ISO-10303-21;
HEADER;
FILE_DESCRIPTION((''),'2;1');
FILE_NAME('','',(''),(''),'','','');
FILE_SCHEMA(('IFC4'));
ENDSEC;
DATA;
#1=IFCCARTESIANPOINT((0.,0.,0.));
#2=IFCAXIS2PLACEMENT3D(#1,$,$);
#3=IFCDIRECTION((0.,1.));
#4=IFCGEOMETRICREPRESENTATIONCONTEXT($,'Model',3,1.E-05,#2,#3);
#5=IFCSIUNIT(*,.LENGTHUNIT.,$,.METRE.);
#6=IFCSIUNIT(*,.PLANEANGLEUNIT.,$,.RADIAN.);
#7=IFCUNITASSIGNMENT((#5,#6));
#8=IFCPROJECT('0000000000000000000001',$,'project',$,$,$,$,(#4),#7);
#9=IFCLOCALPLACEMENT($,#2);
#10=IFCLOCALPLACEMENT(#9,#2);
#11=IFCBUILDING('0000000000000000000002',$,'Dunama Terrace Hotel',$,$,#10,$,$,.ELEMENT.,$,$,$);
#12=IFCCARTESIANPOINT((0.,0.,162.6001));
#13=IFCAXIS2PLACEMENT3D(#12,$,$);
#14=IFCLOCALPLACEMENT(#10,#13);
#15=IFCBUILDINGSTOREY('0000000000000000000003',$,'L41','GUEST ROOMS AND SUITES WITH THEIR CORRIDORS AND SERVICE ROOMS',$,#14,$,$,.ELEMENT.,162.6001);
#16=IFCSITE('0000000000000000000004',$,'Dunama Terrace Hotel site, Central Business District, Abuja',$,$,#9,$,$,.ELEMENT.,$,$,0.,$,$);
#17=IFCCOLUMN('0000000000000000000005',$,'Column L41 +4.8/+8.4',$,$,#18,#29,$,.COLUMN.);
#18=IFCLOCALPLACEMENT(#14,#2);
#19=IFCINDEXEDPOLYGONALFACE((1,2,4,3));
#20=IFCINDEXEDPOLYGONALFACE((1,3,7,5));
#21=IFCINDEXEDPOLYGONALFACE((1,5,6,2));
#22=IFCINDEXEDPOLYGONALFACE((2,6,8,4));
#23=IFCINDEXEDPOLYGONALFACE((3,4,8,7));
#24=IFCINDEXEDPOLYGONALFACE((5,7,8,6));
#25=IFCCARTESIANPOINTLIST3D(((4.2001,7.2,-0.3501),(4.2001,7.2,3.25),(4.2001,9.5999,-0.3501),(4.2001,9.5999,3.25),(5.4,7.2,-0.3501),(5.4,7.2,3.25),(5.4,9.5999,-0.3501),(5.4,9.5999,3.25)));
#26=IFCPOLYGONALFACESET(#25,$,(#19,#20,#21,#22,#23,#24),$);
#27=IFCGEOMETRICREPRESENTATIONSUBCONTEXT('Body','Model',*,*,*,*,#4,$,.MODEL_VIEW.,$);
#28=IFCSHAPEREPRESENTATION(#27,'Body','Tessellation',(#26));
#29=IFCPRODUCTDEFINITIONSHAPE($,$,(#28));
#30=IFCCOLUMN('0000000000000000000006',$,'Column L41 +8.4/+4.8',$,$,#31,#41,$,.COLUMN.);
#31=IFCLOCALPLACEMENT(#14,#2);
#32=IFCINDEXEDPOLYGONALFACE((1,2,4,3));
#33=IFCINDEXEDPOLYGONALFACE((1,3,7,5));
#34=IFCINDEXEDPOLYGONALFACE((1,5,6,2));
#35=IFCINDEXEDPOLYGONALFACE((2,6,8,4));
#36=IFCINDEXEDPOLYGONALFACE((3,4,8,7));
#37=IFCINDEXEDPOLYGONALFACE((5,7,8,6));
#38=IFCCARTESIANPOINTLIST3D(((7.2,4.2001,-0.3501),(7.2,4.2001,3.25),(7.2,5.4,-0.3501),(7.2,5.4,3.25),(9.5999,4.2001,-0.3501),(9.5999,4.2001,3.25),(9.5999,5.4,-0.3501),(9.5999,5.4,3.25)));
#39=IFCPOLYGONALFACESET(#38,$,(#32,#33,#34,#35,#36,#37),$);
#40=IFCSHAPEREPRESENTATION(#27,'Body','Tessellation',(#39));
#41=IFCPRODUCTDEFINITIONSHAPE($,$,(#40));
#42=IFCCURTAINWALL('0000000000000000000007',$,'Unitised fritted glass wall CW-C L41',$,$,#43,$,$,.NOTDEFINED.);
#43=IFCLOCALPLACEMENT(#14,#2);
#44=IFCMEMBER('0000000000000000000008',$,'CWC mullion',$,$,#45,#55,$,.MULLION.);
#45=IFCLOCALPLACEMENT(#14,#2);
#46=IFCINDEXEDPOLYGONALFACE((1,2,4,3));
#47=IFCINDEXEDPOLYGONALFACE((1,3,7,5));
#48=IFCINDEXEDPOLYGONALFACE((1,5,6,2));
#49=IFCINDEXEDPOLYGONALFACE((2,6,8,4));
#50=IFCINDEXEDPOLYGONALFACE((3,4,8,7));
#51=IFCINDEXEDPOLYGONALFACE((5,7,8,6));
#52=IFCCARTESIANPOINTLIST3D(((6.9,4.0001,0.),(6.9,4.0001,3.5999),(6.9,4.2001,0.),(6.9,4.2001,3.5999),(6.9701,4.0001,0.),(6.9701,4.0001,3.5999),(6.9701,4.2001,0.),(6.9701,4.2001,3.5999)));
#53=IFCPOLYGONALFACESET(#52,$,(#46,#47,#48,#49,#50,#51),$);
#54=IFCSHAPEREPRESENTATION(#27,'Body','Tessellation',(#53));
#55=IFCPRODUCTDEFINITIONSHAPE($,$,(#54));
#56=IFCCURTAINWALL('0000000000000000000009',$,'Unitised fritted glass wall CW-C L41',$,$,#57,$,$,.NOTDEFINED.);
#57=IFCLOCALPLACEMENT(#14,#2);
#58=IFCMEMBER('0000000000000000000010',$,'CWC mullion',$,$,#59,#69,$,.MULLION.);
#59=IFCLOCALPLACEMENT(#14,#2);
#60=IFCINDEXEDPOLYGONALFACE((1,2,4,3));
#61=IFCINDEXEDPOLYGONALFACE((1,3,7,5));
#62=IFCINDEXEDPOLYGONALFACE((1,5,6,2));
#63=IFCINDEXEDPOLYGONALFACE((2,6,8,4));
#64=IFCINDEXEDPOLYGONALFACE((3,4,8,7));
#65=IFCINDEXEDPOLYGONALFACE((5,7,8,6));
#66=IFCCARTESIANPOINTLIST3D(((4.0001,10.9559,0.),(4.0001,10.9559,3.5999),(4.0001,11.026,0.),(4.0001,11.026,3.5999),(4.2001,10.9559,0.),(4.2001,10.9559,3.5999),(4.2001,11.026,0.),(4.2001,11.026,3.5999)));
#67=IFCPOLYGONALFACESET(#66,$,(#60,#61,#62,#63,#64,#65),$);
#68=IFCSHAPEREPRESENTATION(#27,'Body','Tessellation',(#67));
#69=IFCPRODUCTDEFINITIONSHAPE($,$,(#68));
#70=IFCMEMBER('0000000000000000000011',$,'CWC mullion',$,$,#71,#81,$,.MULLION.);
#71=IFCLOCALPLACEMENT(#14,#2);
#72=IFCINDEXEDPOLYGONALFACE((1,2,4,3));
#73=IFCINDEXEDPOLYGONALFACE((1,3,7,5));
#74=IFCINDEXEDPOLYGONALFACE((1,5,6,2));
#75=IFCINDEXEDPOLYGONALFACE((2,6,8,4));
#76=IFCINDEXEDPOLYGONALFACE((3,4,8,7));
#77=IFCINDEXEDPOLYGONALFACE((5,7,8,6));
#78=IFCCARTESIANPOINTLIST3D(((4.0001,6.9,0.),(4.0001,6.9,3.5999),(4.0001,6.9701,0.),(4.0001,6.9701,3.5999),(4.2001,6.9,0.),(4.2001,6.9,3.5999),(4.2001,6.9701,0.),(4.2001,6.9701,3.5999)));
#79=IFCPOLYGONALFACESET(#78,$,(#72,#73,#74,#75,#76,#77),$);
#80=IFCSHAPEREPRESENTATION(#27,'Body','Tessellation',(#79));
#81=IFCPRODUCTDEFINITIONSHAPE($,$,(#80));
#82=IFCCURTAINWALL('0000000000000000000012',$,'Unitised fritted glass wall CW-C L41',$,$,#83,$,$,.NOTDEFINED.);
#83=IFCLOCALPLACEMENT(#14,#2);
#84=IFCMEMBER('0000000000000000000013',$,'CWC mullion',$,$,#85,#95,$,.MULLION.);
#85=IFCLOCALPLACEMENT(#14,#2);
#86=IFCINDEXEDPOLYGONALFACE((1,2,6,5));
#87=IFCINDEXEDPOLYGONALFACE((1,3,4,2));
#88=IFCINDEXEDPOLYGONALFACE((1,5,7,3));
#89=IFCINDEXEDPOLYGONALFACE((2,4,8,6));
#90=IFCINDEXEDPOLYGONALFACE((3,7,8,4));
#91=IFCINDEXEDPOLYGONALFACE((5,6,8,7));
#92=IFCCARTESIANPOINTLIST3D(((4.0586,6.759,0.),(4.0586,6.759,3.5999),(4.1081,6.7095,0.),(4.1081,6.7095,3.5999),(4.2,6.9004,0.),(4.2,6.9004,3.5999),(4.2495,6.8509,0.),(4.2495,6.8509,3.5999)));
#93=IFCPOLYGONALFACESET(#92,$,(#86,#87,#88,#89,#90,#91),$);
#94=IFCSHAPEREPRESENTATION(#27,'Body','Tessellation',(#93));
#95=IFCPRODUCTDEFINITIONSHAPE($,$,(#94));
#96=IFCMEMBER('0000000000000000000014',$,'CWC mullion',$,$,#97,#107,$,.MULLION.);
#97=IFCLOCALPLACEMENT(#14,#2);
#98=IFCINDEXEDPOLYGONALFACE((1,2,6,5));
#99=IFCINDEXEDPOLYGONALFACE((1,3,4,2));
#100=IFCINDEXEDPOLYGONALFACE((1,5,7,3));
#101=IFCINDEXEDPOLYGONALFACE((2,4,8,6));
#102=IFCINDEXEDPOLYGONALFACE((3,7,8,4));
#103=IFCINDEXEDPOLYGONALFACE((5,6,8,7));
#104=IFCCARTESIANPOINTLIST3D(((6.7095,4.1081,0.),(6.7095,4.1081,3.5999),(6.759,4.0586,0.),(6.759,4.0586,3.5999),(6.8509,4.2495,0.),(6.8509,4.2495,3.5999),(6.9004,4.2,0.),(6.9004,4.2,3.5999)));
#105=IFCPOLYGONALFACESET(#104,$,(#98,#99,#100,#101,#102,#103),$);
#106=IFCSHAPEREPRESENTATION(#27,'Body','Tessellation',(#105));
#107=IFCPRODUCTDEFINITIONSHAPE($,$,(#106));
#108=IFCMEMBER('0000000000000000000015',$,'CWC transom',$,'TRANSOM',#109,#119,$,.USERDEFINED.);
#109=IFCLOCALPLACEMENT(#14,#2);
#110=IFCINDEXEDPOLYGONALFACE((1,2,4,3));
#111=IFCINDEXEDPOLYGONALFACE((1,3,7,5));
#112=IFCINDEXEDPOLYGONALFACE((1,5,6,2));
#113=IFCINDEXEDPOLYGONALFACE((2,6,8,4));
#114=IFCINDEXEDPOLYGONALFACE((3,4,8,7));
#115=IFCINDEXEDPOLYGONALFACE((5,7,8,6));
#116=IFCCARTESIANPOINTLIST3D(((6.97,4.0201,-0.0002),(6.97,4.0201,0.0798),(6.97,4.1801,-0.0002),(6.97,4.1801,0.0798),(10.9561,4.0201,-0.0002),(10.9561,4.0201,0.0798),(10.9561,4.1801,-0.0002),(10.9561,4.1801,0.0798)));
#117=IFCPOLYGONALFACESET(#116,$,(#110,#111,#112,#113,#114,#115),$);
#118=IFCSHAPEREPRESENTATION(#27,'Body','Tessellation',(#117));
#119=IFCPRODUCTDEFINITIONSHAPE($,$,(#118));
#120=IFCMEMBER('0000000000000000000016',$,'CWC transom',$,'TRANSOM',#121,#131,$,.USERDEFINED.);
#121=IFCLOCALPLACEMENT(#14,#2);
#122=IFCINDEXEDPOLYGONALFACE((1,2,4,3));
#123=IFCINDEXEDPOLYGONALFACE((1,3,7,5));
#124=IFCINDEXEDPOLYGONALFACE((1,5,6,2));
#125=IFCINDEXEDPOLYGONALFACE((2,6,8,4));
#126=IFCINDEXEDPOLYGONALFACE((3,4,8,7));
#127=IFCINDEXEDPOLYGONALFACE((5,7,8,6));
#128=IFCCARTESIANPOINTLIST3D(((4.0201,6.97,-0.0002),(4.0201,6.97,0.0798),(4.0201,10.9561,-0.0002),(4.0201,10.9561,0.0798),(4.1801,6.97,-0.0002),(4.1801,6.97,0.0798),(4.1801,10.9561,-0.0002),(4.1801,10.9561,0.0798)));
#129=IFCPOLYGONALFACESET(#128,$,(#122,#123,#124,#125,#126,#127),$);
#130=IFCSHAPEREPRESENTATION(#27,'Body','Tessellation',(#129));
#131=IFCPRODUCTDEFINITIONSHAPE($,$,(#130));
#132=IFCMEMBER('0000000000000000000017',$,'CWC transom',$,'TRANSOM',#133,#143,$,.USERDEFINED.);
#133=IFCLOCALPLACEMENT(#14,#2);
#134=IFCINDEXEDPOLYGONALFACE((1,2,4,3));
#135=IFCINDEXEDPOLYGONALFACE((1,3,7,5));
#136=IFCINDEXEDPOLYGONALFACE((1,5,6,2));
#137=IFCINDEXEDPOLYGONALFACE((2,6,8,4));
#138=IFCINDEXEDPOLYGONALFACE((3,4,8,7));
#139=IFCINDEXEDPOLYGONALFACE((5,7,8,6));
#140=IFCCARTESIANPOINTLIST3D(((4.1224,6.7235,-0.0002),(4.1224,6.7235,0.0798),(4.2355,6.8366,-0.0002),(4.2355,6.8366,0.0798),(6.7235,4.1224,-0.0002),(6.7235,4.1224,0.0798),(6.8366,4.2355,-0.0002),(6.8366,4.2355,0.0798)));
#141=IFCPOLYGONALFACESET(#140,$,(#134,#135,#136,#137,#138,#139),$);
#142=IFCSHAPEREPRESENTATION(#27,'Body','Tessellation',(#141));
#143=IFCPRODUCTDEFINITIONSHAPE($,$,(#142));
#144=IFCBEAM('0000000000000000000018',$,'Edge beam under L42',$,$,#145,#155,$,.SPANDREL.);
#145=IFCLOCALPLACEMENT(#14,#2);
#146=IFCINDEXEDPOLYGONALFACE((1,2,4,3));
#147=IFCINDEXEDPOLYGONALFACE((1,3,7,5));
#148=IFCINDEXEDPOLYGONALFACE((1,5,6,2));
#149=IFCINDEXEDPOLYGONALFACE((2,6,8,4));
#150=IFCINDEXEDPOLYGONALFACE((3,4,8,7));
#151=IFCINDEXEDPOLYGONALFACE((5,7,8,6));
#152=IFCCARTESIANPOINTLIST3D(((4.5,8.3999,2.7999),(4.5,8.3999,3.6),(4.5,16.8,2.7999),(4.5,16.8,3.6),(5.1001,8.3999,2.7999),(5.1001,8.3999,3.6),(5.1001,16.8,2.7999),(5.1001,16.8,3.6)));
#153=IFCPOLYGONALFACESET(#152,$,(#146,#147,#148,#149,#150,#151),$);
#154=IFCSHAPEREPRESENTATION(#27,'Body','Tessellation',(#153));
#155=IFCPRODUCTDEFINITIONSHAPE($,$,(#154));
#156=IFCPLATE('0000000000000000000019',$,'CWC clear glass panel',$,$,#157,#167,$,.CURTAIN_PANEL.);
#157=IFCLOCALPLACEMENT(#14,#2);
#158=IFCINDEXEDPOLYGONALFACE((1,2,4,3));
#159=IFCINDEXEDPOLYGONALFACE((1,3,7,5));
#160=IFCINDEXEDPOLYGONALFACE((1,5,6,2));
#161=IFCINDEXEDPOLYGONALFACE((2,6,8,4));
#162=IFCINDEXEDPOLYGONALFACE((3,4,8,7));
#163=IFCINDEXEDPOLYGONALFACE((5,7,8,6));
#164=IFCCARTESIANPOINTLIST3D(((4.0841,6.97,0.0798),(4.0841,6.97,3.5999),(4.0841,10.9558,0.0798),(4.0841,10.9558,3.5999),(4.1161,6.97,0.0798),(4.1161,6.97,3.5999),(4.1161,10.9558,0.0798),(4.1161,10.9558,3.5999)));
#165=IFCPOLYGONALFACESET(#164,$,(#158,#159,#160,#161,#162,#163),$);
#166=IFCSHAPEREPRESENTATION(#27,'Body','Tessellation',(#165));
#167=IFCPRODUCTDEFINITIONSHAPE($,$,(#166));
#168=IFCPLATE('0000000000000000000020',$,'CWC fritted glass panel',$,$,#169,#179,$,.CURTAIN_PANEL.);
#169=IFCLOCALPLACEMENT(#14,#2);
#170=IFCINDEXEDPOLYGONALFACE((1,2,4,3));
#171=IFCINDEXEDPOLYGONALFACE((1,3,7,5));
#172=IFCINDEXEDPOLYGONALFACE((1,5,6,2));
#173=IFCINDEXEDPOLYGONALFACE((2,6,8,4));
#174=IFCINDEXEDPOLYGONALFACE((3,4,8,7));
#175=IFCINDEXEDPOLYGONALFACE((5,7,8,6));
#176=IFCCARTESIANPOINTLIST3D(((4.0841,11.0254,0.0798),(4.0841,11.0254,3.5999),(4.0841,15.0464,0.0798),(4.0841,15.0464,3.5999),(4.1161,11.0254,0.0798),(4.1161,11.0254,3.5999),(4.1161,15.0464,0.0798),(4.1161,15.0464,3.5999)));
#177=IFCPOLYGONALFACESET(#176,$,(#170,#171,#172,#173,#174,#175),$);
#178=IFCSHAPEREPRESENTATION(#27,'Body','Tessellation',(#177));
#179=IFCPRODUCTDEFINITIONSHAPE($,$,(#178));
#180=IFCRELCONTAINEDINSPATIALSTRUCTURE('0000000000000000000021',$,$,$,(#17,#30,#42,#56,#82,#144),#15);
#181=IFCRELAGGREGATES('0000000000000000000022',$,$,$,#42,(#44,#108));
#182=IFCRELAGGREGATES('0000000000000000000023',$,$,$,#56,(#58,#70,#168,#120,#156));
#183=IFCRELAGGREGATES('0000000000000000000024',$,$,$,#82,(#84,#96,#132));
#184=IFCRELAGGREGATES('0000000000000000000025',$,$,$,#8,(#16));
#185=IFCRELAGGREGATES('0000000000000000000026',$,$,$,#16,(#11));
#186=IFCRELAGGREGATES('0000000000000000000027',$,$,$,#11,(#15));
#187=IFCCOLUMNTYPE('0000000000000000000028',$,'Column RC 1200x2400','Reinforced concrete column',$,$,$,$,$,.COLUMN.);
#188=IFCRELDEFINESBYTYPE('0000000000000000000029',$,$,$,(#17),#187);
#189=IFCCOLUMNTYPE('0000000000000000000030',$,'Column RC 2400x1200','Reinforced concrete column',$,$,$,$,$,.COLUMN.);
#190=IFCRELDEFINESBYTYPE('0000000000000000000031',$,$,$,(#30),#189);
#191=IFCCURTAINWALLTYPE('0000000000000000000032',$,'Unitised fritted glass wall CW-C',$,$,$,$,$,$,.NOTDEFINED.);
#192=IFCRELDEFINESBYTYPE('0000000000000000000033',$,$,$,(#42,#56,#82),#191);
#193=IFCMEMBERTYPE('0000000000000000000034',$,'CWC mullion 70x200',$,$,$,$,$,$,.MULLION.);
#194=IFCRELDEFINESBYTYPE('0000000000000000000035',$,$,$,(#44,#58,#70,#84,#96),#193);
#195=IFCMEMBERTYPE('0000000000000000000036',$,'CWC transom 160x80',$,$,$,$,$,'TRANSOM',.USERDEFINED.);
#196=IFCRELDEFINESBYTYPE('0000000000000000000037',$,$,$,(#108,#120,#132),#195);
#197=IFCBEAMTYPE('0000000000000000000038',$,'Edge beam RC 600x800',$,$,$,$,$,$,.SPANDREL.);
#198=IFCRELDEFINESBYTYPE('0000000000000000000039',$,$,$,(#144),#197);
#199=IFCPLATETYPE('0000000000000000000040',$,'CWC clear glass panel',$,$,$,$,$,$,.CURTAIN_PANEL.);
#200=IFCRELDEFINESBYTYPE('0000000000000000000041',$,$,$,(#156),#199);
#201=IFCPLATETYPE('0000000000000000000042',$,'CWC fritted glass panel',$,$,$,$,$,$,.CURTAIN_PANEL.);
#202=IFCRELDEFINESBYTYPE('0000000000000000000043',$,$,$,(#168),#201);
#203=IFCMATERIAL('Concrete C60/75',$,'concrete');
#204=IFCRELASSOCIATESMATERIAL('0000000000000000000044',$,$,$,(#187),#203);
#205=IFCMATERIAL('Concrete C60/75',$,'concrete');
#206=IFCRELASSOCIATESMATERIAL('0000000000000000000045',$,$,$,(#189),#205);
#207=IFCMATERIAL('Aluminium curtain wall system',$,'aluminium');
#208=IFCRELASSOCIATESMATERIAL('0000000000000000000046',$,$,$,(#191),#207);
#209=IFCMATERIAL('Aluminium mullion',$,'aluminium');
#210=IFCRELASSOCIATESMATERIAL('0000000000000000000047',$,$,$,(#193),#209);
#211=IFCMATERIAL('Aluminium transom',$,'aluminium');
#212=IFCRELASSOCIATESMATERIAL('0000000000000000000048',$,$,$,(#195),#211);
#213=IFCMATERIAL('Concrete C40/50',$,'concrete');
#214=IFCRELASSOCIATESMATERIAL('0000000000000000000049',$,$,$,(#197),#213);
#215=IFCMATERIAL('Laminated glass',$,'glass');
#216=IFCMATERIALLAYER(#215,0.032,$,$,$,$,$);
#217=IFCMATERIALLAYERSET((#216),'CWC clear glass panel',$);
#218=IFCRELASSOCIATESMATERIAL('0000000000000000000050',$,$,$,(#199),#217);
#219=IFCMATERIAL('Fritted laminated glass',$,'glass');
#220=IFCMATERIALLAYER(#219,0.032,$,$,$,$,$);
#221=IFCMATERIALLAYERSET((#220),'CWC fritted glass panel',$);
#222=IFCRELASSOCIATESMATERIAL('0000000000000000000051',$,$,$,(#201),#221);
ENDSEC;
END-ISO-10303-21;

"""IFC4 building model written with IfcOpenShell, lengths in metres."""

from ifc_helpers import new_model, si_unit, direction, frame, origin, origin_2d, place, context, subcontext, project, spatial, rectangle, extrude, material, layer, layer_set, material_profile, profile_set, type_object, element, aggregate, save


model = new_model("IFC4")

# Units and contexts
model_context = context("Model", 3, precision=1e-05, world=origin(), true_north=direction((0.0, 1.0)))
body_context = subcontext(model_context, "Body", "Model", "MODEL_VIEW")
ifc_project = project(units=[si_unit("LENGTHUNIT", "METRE"), si_unit("PLANEANGLEUNIT", "RADIAN")], contexts=[model_context])

# Site, building, storey
site_placement = place(None, origin())
site = spatial("IfcSite", under=ifc_project, at=site_placement, Name="Dunama Terrace Hotel site, Central Business District, Abuja", CompositionType="ELEMENT", RefElevation=0.0)
building_placement = place(site_placement, origin())
building = spatial("IfcBuilding", under=site, at=building_placement, Name="Dunama Terrace Hotel", CompositionType="ELEMENT")
storey_placement = place(building_placement, frame((0.0, 0.0, 162.6001)))
storey = spatial("IfcBuildingStorey", under=building, at=storey_placement, Name="L41", Description="GUEST ROOMS AND SUITES WITH THEIR CORRIDORS AND SERVICE ROOMS", CompositionType="ELEMENT", Elevation=162.6001)

# Columns
ifc_material_1 = material(Name="Concrete C60/75", Category="concrete")
ifc_material_profile_1 = material_profile(ifc_material_1, rectangle(XDim=1.2, YDim=2.3999, at=origin_2d()), Name="RC 1200x2400")
ifc_profile_set_1 = profile_set([ifc_material_profile_1], Name="Concrete C60/75")
column_type_1 = type_object("IfcColumnType", Name="Column RC 1200x2400", Description="Reinforced concrete column", PredefinedType="COLUMN", material=ifc_profile_set_1)
column_1_placement = place(storey_placement, frame((4.8, 8.3999, -0.3501), z_axis=(0.0, 0.0, 1.0), x_axis=(1.0, 0.0, 0.0)))
element("IfcColumn", 1, at=column_1_placement, inside=storey, type_object=column_type_1, Name="Column L41 +4.8/+8.4", PredefinedType="COLUMN", context=body_context, shape_type="SweptSolid", body=[
    extrude(rectangle(XDim=1.2, YDim=2.3999, at=origin_2d()), origin(), (0.0, 0.0, 1.0), 3.6001),
])
ifc_material_2 = material(Name="Concrete C60/75", Category="concrete")
ifc_material_profile_2 = material_profile(ifc_material_2, rectangle(XDim=2.3999, YDim=1.2, at=origin_2d()), Name="RC 2400x1200")
ifc_profile_set_2 = profile_set([ifc_material_profile_2], Name="Concrete C60/75")
column_type_2 = type_object("IfcColumnType", Name="Column RC 2400x1200", Description="Reinforced concrete column", PredefinedType="COLUMN", material=ifc_profile_set_2)
column_2_placement = place(storey_placement, frame((8.3999, 4.8, -0.3501), z_axis=(0.0, 0.0, 1.0), x_axis=(1.0, 0.0, 0.0)))
element("IfcColumn", 2, at=column_2_placement, inside=storey, type_object=column_type_2, Name="Column L41 +8.4/+4.8", PredefinedType="COLUMN", context=body_context, shape_type="SweptSolid", body=[
    extrude(rectangle(XDim=2.3999, YDim=1.2, at=origin_2d()), origin(), (0.0, 0.0, 1.0), 3.6001),
])

# Curtain wall, member
ifc_material_3 = material(Name="Aluminium curtain wall system", Category="aluminium")
curtain_wall_type = type_object("IfcCurtainWallType", Name="Unitised fritted glass wall CW-C", PredefinedType="NOTDEFINED", material=ifc_material_3)
curtain_wall_1_placement = place(storey_placement, origin())
curtain_wall_1 = element("IfcCurtainWall", 3, at=curtain_wall_1_placement, inside=storey, type_object=curtain_wall_type, Name="Unitised fritted glass wall CW-C L41", PredefinedType="NOTDEFINED")
ifc_material_4 = material(Name="Aluminium mullion", Category="aluminium")
ifc_material_profile_3 = material_profile(ifc_material_4, rectangle(XDim=0.0701, YDim=0.2, at=origin_2d()), Name="CWC MULLION 70X200")
ifc_profile_set_3 = profile_set([ifc_material_profile_3], Name="Aluminium mullion")
member_type_1 = type_object("IfcMemberType", Name="CWC mullion 70x200", PredefinedType="MULLION", material=ifc_profile_set_3)
member_1_placement = place(storey_placement, frame((6.9351, 4.1001, 0.0), z_axis=(0.0, 0.0, 1.0), x_axis=(1.0, 0.0, 0.0)))
member_1 = element("IfcMember", 4, at=member_1_placement, type_object=member_type_1, Name="CWC mullion", PredefinedType="MULLION", context=body_context, shape_type="SweptSolid", body=[
    extrude(rectangle(XDim=0.0701, YDim=0.2, at=origin_2d()), origin(), (0.0, 0.0, 1.0), 3.5999),
])

# Curtain walls, members
curtain_wall_2_placement = place(storey_placement, origin())
curtain_wall_2 = element("IfcCurtainWall", 5, at=curtain_wall_2_placement, inside=storey, type_object=curtain_wall_type, Name="Unitised fritted glass wall CW-C L41", PredefinedType="NOTDEFINED")
member_2_placement = place(storey_placement, frame((4.1001, 10.991, 0.0), z_axis=(0.0, 0.0, 1.0), x_axis=(0.0, -1.0, 0.0)))
member_2 = element("IfcMember", 6, at=member_2_placement, type_object=member_type_1, Name="CWC mullion", PredefinedType="MULLION", context=body_context, shape_type="SweptSolid", body=[
    extrude(rectangle(XDim=0.0701, YDim=0.2, at=origin_2d()), origin(), (0.0, 0.0, 1.0), 3.5999),
])
member_3_placement = place(storey_placement, frame((4.1001, 6.9351, 0.0), z_axis=(0.0, 0.0, 1.0), x_axis=(0.0, -1.0, 0.0)))
member_3 = element("IfcMember", 7, at=member_3_placement, type_object=member_type_1, Name="CWC mullion", PredefinedType="MULLION", context=body_context, shape_type="SweptSolid", body=[
    extrude(rectangle(XDim=0.0701, YDim=0.2, at=origin_2d()), origin(), (0.0, 0.0, 1.0), 3.5999),
])
curtain_wall_3_placement = place(storey_placement, origin())
curtain_wall_3 = element("IfcCurtainWall", 8, at=curtain_wall_3_placement, inside=storey, type_object=curtain_wall_type, Name="Unitised fritted glass wall CW-C L41", PredefinedType="NOTDEFINED")
member_4_placement = place(storey_placement, frame((4.1541, 6.8049, 0.0), z_axis=(0.0, 0.0, 1.0), x_axis=(0.707107, -0.707107, 0.0)))
member_4 = element("IfcMember", 9, at=member_4_placement, type_object=member_type_1, Name="CWC mullion", PredefinedType="MULLION", context=body_context, shape_type="SweptSolid", body=[
    extrude(rectangle(XDim=0.0701, YDim=0.2, at=origin_2d()), origin(), (0.0, 0.0, 1.0), 3.5999),
])
member_5_placement = place(storey_placement, frame((6.8049, 4.1541, 0.0), z_axis=(0.0, 0.0, 1.0), x_axis=(0.707107, -0.707107, 0.0)))
member_5 = element("IfcMember", 10, at=member_5_placement, type_object=member_type_1, Name="CWC mullion", PredefinedType="MULLION", context=body_context, shape_type="SweptSolid", body=[
    extrude(rectangle(XDim=0.0701, YDim=0.2, at=origin_2d()), origin(), (0.0, 0.0, 1.0), 3.5999),
])

# Members
ifc_material_5 = material(Name="Aluminium transom", Category="aluminium")
ifc_material_profile_4 = material_profile(ifc_material_5, rectangle(XDim=0.1599, YDim=0.0801, at=origin_2d()), Name="CWC TRANSOM 160X80")
ifc_profile_set_4 = profile_set([ifc_material_profile_4], Name="Aluminium transom")
member_type_2 = type_object("IfcMemberType", Name="CWC transom 160x80", ElementType="TRANSOM", PredefinedType="USERDEFINED", material=ifc_profile_set_4)
member_6_placement = place(storey_placement, frame((6.97, 4.1001, 0.0398), z_axis=(1.0, 0.0, 0.0), x_axis=(0.0, 1.0, 0.0)))
member_6 = element("IfcMember", 11, at=member_6_placement, type_object=member_type_2, Name="CWC transom", ObjectType="TRANSOM", PredefinedType="USERDEFINED", context=body_context, shape_type="SweptSolid", body=[
    extrude(rectangle(XDim=0.1599, YDim=0.0801, at=origin_2d()), origin(), (0.0, 0.0, 1.0), 3.9861),
])
aggregate(curtain_wall_1, [member_1, member_6])
member_7_placement = place(storey_placement, frame((4.1001, 10.9561, 0.0398), z_axis=(0.0, -1.0, 0.0), x_axis=(1.0, 0.0, 0.0)))
member_7 = element("IfcMember", 12, at=member_7_placement, type_object=member_type_2, Name="CWC transom", ObjectType="TRANSOM", PredefinedType="USERDEFINED", context=body_context, shape_type="SweptSolid", body=[
    extrude(rectangle(XDim=0.1599, YDim=0.0801, at=origin_2d()), origin(), (0.0, 0.0, 1.0), 3.9861),
])
member_8_placement = place(storey_placement, frame((4.179, 6.78, 0.0398), z_axis=(0.707107, -0.707107, 0.0), x_axis=(0.707107, 0.707107, 0.0)))
member_8 = element("IfcMember", 13, at=member_8_placement, type_object=member_type_2, Name="CWC transom", ObjectType="TRANSOM", PredefinedType="USERDEFINED", context=body_context, shape_type="SweptSolid", body=[
    extrude(rectangle(XDim=0.1599, YDim=0.0801, at=origin_2d()), origin(), (0.0, 0.0, 1.0), 3.6785),
])

# Beam
ifc_material_6 = material(Name="Concrete C40/50", Category="concrete")
ifc_material_profile_5 = material_profile(ifc_material_6, rectangle(XDim=0.6001, YDim=0.8, at=origin_2d()), Name="RC 600x800")
ifc_profile_set_5 = profile_set([ifc_material_profile_5], Name="Concrete C40/50")
beam_type = type_object("IfcBeamType", Name="Edge beam RC 600x800", PredefinedType="SPANDREL", material=ifc_profile_set_5)
beam_placement = place(storey_placement, frame((4.8, 8.3999, 3.2), z_axis=(0.0, 1.0, 0.0), x_axis=(-1.0, 0.0, 0.0)))
element("IfcBeam", 14, at=beam_placement, inside=storey, type_object=beam_type, Name="Edge beam under L42", PredefinedType="SPANDREL", context=body_context, shape_type="SweptSolid", body=[
    extrude(rectangle(XDim=0.6001, YDim=0.8, at=origin_2d()), origin(), (0.0, 0.0, 1.0), 8.4001),
])

# Plates
ifc_material_7 = material(Name="Laminated glass", Category="glass")
ifc_layer_1 = layer(ifc_material_7, 0.032)
ifc_layer_set_1 = layer_set([ifc_layer_1], Name="CWC clear glass panel")
plate_type_1 = type_object("IfcPlateType", Name="CWC clear glass panel", PredefinedType="CURTAIN_PANEL", material=ifc_layer_set_1)
plate_1_placement = place(storey_placement, frame((4.1001, 8.9629, 0.0798), z_axis=(0.0, 0.0, 1.0), x_axis=(0.0, -1.0, 0.0)))
plate_1 = element("IfcPlate", 15, at=plate_1_placement, type_object=plate_type_1, Name="CWC clear glass panel", PredefinedType="CURTAIN_PANEL", context=body_context, shape_type="SweptSolid", body=[
    extrude(rectangle(XDim=3.9858, YDim=0.032, at=origin_2d()), origin(), (0.0, 0.0, 1.0), 3.52),
])
ifc_material_8 = material(Name="Fritted laminated glass", Category="glass")
ifc_layer_2 = layer(ifc_material_8, 0.032)
ifc_layer_set_2 = layer_set([ifc_layer_2], Name="CWC fritted glass panel")
plate_type_2 = type_object("IfcPlateType", Name="CWC fritted glass panel", PredefinedType="CURTAIN_PANEL", material=ifc_layer_set_2)
plate_2_placement = place(storey_placement, frame((4.1001, 13.0359, 0.0798), z_axis=(0.0, 0.0, 1.0), x_axis=(0.0, -1.0, 0.0)))
plate_2 = element("IfcPlate", 16, at=plate_2_placement, type_object=plate_type_2, Name="CWC fritted glass panel", PredefinedType="CURTAIN_PANEL", context=body_context, shape_type="SweptSolid", body=[
    extrude(rectangle(XDim=4.021, YDim=0.032, at=origin_2d()), origin(), (0.0, 0.0, 1.0), 3.52),
])
aggregate(curtain_wall_2, [member_2, member_3, plate_2, member_7, plate_1])
aggregate(curtain_wall_3, [member_4, member_5, member_8])

save(model, "model.ifc")
